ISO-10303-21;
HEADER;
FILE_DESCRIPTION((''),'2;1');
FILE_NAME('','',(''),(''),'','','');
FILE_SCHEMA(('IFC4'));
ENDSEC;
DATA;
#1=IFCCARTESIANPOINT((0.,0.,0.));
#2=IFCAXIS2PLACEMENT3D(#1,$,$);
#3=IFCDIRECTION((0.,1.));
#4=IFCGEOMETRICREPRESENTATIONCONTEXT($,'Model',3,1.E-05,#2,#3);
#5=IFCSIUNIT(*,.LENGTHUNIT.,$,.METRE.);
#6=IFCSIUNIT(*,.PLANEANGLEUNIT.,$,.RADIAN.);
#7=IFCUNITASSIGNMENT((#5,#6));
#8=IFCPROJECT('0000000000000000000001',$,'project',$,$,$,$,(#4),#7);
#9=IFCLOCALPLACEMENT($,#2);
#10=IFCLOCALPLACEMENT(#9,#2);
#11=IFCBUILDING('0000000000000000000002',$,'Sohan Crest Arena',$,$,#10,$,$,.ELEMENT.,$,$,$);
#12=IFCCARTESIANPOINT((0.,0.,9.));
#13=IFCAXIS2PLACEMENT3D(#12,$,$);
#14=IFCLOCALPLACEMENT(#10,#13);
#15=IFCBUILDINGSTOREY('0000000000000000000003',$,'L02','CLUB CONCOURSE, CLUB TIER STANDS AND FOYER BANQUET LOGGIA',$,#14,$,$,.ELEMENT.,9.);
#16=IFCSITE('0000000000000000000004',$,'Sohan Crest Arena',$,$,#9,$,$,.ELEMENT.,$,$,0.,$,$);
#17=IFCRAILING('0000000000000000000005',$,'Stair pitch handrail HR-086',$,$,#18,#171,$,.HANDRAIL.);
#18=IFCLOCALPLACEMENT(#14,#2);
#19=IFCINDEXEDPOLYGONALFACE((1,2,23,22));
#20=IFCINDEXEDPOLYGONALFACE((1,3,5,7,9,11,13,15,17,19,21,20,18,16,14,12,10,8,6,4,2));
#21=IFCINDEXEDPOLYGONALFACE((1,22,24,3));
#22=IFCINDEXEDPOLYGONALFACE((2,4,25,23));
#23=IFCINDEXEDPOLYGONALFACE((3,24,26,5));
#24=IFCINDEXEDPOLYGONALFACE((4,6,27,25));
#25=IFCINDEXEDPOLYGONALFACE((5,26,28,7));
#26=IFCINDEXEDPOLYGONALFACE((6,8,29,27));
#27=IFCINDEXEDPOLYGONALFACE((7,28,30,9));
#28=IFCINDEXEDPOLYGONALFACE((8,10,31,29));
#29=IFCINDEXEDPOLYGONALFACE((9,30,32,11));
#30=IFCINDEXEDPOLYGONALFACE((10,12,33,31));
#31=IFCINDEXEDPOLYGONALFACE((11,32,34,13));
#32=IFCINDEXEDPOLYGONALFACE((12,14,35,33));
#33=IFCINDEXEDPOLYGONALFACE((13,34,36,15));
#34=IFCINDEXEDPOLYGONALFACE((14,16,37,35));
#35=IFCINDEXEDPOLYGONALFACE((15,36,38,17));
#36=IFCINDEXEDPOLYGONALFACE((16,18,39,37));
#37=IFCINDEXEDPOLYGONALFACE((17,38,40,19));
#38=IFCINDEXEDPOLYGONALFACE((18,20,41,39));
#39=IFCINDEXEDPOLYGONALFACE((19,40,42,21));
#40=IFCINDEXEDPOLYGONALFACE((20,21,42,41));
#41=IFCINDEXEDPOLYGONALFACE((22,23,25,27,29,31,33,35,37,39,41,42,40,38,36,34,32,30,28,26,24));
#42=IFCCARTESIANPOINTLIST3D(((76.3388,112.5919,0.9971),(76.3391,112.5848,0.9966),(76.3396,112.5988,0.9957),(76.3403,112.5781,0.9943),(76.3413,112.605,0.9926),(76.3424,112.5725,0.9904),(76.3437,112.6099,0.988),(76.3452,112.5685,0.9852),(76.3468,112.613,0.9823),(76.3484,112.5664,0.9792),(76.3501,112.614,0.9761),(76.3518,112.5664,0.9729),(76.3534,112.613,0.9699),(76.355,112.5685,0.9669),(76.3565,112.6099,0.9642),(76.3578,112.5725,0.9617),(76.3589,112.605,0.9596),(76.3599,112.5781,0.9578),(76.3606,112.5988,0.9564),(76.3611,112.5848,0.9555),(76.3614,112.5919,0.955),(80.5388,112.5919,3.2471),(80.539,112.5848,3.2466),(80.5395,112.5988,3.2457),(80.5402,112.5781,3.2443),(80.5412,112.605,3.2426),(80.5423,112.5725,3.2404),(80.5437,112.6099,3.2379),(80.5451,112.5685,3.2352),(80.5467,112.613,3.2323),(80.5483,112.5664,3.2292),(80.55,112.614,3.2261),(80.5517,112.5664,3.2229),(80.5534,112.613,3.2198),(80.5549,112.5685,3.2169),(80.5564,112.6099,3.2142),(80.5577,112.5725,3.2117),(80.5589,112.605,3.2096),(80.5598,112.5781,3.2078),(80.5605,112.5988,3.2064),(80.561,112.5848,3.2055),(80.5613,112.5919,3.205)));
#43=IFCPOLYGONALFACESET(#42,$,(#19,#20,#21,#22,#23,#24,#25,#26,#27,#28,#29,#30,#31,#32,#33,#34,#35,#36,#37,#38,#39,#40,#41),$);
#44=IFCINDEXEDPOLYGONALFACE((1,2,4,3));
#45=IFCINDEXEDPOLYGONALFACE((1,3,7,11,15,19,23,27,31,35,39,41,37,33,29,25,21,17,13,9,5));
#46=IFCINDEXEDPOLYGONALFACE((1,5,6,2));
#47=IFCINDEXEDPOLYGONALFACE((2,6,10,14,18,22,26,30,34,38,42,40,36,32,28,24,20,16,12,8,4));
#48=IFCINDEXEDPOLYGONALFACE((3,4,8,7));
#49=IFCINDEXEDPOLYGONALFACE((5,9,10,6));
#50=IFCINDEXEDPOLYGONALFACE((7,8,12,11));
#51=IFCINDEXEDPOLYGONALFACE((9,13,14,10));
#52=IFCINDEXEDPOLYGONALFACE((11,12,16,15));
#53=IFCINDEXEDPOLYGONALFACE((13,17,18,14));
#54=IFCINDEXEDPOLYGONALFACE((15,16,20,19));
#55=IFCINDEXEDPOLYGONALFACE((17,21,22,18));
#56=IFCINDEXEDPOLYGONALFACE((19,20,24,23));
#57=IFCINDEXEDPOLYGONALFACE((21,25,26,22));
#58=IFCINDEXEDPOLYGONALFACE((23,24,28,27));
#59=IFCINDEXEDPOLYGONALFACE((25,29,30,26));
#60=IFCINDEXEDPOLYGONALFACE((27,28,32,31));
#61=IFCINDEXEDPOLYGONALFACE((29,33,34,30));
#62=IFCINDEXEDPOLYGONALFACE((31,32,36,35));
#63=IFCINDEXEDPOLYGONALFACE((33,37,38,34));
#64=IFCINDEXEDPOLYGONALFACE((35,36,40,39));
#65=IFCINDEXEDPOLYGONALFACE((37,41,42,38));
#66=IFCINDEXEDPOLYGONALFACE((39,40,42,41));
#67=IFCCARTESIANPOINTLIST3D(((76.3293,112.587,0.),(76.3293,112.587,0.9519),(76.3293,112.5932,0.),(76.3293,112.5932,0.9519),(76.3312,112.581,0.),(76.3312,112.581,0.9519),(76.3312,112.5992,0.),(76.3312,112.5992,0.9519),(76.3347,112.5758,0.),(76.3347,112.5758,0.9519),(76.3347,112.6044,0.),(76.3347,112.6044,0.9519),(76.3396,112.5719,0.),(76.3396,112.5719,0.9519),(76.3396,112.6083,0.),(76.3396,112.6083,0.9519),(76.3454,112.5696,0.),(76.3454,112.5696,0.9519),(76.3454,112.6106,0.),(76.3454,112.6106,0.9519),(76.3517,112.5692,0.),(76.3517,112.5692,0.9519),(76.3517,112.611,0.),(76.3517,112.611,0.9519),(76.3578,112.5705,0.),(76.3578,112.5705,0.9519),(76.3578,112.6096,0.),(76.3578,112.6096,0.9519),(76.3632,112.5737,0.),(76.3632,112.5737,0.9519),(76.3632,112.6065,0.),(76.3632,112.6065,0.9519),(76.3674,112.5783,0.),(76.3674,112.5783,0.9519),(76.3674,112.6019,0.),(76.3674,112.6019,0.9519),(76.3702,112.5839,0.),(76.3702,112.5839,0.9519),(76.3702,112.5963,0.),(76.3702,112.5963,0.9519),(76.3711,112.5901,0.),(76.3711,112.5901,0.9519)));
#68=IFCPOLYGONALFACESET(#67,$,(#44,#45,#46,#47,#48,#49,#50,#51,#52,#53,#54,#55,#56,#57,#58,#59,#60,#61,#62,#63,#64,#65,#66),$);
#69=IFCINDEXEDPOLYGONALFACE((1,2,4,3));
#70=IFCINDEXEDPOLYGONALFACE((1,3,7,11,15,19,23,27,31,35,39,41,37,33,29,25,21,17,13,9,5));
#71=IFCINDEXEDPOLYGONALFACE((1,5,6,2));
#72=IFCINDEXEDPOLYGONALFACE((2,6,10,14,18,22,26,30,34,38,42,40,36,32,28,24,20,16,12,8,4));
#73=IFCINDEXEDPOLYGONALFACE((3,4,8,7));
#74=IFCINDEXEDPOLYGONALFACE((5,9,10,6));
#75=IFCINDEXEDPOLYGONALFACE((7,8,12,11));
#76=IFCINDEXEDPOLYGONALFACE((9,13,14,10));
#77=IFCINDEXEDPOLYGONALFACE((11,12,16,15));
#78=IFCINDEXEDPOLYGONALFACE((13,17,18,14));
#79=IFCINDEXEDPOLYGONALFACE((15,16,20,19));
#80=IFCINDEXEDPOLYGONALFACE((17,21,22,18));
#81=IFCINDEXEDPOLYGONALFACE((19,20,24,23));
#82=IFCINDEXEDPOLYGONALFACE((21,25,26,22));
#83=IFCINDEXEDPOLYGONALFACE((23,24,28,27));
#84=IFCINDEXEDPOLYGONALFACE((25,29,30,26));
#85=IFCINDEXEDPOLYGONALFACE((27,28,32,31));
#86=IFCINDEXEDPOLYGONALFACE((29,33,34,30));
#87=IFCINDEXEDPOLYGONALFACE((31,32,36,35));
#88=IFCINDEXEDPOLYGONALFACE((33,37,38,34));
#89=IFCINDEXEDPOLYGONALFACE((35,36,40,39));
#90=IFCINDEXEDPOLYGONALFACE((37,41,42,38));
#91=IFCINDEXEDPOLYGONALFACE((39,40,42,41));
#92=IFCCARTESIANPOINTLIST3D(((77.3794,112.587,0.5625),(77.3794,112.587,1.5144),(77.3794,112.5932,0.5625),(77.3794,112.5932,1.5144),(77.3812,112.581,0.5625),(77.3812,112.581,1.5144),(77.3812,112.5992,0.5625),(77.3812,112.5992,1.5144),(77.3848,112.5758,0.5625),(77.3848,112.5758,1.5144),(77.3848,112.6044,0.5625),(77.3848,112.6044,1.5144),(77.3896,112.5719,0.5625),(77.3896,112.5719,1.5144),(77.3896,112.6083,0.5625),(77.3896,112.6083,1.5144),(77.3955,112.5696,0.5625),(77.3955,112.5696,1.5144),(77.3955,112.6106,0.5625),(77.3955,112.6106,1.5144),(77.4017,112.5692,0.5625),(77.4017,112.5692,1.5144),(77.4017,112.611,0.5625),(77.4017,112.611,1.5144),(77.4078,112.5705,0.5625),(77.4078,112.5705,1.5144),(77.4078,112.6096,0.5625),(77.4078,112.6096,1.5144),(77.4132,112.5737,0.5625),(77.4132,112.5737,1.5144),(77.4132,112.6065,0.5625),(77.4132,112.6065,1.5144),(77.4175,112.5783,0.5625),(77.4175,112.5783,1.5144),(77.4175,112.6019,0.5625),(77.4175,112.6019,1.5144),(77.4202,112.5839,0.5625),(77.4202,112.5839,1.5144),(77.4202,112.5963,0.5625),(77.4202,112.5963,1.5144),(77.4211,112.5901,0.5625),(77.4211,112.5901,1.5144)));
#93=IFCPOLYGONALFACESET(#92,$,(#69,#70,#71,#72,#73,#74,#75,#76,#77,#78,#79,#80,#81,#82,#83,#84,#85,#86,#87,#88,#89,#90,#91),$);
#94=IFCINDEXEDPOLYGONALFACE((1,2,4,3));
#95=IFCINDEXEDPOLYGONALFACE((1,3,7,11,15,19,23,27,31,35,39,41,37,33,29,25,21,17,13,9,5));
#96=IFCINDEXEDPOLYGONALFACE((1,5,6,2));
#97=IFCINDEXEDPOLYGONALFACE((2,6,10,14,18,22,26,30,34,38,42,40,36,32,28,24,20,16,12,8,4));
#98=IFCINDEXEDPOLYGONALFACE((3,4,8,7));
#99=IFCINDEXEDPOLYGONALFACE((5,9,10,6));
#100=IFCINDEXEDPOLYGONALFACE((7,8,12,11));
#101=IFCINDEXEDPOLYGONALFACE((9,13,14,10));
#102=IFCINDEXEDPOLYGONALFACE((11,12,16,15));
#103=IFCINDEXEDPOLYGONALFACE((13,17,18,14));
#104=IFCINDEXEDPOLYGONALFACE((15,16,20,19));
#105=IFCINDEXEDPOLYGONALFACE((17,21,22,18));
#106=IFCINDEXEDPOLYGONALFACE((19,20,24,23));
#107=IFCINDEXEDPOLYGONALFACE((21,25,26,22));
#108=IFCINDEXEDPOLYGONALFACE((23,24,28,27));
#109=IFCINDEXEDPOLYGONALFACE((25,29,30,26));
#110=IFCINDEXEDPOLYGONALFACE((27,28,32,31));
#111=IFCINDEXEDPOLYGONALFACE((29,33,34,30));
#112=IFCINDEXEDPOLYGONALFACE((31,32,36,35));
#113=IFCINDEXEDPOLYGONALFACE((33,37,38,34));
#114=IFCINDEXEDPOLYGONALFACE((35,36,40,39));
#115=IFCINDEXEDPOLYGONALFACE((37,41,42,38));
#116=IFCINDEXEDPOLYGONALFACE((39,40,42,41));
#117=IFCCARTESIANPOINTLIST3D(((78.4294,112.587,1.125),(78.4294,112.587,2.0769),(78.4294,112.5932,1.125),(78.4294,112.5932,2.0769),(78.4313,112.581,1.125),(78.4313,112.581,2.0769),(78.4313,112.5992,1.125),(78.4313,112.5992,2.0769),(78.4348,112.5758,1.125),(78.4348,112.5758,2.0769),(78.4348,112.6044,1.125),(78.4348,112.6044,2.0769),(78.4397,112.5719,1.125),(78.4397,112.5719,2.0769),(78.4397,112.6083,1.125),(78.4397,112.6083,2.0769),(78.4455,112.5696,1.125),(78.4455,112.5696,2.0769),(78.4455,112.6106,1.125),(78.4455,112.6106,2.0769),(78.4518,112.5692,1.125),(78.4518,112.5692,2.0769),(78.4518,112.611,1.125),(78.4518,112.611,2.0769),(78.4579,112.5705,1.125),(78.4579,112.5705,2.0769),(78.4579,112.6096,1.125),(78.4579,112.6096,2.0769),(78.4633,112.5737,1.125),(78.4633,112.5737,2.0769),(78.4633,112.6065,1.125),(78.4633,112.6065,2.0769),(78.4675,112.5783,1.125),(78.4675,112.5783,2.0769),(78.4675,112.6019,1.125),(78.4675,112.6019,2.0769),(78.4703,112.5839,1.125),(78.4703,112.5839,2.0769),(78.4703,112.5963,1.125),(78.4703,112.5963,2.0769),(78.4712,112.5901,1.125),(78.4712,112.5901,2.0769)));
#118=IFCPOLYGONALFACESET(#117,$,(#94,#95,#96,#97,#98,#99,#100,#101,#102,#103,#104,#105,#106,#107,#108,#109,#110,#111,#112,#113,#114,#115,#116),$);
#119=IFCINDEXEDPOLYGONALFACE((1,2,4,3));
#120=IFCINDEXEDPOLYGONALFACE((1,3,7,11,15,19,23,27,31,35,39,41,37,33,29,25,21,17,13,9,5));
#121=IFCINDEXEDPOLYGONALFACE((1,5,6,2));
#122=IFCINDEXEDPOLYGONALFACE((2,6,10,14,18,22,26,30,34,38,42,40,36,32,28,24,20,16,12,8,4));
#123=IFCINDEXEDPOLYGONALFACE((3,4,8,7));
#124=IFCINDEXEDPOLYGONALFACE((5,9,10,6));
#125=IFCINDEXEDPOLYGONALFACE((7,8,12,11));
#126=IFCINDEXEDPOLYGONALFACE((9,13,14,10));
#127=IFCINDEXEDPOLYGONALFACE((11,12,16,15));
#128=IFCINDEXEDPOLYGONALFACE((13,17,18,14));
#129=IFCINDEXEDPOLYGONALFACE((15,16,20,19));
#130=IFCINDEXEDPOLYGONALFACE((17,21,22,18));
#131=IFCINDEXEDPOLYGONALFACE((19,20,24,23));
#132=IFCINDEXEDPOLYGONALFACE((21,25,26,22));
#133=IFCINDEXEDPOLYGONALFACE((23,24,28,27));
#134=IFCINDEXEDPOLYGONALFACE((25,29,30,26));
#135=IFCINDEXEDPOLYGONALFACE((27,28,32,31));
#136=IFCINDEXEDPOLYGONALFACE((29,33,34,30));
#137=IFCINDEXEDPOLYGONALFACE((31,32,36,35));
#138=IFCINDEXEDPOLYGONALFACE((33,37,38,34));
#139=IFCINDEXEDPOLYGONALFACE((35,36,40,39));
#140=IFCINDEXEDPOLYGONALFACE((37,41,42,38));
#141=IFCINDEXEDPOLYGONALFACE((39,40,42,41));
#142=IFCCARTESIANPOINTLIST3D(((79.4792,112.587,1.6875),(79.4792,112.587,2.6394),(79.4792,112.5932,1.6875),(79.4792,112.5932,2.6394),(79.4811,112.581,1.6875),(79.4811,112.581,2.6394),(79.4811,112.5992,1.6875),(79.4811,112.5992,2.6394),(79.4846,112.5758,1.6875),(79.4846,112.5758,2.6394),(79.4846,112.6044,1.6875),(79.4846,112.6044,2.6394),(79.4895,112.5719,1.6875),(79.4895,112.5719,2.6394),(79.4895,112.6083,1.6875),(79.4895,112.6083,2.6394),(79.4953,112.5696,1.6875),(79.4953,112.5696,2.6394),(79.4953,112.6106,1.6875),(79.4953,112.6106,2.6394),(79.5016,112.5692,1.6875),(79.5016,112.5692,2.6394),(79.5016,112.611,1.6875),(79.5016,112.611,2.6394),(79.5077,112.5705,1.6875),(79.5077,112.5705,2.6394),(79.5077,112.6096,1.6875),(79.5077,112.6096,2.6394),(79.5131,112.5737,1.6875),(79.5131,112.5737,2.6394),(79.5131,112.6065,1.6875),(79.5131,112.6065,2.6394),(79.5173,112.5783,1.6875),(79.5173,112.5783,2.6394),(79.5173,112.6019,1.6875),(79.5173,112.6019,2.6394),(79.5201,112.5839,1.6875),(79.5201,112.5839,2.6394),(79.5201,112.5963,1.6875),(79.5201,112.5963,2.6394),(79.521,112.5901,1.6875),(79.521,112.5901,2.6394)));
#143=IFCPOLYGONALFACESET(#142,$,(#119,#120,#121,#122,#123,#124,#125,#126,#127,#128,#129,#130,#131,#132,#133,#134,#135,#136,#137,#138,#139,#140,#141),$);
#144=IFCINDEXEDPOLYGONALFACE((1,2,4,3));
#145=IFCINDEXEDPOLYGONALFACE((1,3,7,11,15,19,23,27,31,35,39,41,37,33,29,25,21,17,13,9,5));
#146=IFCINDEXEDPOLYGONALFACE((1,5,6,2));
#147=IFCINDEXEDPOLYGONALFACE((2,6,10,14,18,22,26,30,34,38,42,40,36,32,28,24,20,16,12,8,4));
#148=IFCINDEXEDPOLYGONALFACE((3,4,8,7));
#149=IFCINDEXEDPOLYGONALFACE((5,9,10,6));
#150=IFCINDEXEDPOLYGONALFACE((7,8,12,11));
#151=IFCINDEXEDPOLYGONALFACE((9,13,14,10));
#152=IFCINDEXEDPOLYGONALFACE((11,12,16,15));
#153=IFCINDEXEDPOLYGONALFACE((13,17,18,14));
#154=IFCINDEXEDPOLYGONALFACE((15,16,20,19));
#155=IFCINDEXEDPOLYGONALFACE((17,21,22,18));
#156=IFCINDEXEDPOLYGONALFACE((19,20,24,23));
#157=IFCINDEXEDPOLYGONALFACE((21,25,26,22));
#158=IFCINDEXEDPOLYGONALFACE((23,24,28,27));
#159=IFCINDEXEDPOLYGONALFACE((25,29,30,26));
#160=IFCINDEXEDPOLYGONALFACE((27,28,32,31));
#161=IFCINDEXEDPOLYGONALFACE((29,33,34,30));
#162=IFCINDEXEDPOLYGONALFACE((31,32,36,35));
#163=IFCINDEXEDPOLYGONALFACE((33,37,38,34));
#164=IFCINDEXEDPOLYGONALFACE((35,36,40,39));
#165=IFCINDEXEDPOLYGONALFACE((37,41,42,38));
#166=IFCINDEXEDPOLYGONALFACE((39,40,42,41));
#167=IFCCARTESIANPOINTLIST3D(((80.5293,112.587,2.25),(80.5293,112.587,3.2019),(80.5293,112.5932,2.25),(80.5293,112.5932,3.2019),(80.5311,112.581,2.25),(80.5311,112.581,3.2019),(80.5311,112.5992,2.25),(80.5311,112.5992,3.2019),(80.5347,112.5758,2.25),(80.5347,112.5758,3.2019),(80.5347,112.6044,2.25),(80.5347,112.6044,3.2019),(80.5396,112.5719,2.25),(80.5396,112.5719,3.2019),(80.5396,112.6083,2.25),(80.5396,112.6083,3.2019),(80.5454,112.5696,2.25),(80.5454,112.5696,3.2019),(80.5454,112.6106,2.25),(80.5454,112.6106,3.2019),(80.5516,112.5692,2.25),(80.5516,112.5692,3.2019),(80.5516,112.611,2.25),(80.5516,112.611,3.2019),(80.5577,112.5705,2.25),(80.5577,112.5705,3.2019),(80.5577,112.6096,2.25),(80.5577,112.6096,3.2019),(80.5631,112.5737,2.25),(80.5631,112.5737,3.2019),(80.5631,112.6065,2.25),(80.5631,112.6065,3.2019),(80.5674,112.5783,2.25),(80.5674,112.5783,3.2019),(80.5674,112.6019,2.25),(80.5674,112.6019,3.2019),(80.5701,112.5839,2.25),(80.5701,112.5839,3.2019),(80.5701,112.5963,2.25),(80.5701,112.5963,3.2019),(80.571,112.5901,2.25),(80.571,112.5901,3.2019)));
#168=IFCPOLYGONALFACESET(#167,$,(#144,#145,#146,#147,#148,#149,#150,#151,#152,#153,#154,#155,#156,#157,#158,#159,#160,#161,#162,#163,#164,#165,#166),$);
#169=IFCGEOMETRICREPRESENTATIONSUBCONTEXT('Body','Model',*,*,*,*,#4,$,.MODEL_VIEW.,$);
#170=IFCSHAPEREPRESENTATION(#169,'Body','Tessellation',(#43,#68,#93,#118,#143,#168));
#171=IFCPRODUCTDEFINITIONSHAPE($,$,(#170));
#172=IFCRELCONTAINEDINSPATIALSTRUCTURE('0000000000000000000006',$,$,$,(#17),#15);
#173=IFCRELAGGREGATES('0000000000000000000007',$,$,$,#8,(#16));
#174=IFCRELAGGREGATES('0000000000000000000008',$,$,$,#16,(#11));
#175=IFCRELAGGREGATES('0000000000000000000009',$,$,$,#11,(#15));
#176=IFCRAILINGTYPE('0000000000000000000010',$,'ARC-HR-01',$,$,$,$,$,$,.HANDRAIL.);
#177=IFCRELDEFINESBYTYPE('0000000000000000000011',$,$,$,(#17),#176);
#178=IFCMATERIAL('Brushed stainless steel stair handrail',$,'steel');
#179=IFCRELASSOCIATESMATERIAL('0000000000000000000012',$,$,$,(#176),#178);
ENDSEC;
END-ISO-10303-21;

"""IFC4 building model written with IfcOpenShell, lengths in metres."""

from ifc_helpers import new_model, si_unit, direction, frame, origin, origin_2d, place, context, subcontext, project, spatial, circle, extrude, material, type_object, element, save


model = new_model("IFC4")

# Units and contexts
model_context = context("Model", 3, precision=1e-05, world=origin(), true_north=direction((0.0, 1.0)))
body_context = subcontext(model_context, "Body", "Model", "MODEL_VIEW")
ifc_project = project(units=[si_unit("LENGTHUNIT", "METRE"), si_unit("PLANEANGLEUNIT", "RADIAN")], contexts=[model_context])

# Site, building, storey
site_placement = place(None, origin())
site = spatial("IfcSite", under=ifc_project, at=site_placement, Name="Sohan Crest Arena", CompositionType="ELEMENT", RefElevation=0.0)
building_placement = place(site_placement, origin())
building = spatial("IfcBuilding", under=site, at=building_placement, Name="Sohan Crest Arena", CompositionType="ELEMENT")
storey_placement = place(building_placement, frame((0.0, 0.0, 9.0)))
storey = spatial("IfcBuildingStorey", under=building, at=storey_placement, Name="L02", Description="CLUB CONCOURSE, CLUB TIER STANDS AND FOYER BANQUET LOGGIA", CompositionType="ELEMENT", Elevation=9.0)

# Railing
ifc_material_1 = material(Name="Brushed stainless steel stair handrail", Category="steel")
railing_type_1 = type_object("IfcRailingType", Name="ARC-HR-01", PredefinedType="HANDRAIL", material=ifc_material_1)
railing_1_placement = place(storey_placement, frame((76.3501, 112.5901, 0.0)))
element("IfcRailing", 1, at=railing_1_placement, inside=storey, type_object=railing_type_1, Name="Stair pitch handrail HR-086", PredefinedType="HANDRAIL", context=body_context, shape_type="SweptSolid", body=[
    extrude(circle(Radius=0.0239, at=origin_2d()), frame((0.0, 0.0, 0.9761), z_axis=(0.881478, 0.0, 0.472226), x_axis=(0.0, 1.0, 0.0)), (0.0, 0.0, 1.0), 4.7646),
    extrude(circle(Radius=0.021, at=origin_2d()), origin(), (0.0, 0.0, 1.0), 0.9519),
    extrude(circle(Radius=0.021, at=origin_2d()), frame((1.05, 0.0, 0.5625)), (0.0, 0.0, 1.0), 0.9519),
    extrude(circle(Radius=0.021, at=origin_2d()), frame((2.1001, 0.0, 1.125)), (0.0, 0.0, 1.0), 0.9519),
    extrude(circle(Radius=0.021, at=origin_2d()), frame((3.1499, 0.0, 1.6875)), (0.0, 0.0, 1.0), 0.9519),
    extrude(circle(Radius=0.021, at=origin_2d()), frame((4.2, 0.0, 2.25)), (0.0, 0.0, 1.0), 0.9519),
])

save(model, "model.ifc")
